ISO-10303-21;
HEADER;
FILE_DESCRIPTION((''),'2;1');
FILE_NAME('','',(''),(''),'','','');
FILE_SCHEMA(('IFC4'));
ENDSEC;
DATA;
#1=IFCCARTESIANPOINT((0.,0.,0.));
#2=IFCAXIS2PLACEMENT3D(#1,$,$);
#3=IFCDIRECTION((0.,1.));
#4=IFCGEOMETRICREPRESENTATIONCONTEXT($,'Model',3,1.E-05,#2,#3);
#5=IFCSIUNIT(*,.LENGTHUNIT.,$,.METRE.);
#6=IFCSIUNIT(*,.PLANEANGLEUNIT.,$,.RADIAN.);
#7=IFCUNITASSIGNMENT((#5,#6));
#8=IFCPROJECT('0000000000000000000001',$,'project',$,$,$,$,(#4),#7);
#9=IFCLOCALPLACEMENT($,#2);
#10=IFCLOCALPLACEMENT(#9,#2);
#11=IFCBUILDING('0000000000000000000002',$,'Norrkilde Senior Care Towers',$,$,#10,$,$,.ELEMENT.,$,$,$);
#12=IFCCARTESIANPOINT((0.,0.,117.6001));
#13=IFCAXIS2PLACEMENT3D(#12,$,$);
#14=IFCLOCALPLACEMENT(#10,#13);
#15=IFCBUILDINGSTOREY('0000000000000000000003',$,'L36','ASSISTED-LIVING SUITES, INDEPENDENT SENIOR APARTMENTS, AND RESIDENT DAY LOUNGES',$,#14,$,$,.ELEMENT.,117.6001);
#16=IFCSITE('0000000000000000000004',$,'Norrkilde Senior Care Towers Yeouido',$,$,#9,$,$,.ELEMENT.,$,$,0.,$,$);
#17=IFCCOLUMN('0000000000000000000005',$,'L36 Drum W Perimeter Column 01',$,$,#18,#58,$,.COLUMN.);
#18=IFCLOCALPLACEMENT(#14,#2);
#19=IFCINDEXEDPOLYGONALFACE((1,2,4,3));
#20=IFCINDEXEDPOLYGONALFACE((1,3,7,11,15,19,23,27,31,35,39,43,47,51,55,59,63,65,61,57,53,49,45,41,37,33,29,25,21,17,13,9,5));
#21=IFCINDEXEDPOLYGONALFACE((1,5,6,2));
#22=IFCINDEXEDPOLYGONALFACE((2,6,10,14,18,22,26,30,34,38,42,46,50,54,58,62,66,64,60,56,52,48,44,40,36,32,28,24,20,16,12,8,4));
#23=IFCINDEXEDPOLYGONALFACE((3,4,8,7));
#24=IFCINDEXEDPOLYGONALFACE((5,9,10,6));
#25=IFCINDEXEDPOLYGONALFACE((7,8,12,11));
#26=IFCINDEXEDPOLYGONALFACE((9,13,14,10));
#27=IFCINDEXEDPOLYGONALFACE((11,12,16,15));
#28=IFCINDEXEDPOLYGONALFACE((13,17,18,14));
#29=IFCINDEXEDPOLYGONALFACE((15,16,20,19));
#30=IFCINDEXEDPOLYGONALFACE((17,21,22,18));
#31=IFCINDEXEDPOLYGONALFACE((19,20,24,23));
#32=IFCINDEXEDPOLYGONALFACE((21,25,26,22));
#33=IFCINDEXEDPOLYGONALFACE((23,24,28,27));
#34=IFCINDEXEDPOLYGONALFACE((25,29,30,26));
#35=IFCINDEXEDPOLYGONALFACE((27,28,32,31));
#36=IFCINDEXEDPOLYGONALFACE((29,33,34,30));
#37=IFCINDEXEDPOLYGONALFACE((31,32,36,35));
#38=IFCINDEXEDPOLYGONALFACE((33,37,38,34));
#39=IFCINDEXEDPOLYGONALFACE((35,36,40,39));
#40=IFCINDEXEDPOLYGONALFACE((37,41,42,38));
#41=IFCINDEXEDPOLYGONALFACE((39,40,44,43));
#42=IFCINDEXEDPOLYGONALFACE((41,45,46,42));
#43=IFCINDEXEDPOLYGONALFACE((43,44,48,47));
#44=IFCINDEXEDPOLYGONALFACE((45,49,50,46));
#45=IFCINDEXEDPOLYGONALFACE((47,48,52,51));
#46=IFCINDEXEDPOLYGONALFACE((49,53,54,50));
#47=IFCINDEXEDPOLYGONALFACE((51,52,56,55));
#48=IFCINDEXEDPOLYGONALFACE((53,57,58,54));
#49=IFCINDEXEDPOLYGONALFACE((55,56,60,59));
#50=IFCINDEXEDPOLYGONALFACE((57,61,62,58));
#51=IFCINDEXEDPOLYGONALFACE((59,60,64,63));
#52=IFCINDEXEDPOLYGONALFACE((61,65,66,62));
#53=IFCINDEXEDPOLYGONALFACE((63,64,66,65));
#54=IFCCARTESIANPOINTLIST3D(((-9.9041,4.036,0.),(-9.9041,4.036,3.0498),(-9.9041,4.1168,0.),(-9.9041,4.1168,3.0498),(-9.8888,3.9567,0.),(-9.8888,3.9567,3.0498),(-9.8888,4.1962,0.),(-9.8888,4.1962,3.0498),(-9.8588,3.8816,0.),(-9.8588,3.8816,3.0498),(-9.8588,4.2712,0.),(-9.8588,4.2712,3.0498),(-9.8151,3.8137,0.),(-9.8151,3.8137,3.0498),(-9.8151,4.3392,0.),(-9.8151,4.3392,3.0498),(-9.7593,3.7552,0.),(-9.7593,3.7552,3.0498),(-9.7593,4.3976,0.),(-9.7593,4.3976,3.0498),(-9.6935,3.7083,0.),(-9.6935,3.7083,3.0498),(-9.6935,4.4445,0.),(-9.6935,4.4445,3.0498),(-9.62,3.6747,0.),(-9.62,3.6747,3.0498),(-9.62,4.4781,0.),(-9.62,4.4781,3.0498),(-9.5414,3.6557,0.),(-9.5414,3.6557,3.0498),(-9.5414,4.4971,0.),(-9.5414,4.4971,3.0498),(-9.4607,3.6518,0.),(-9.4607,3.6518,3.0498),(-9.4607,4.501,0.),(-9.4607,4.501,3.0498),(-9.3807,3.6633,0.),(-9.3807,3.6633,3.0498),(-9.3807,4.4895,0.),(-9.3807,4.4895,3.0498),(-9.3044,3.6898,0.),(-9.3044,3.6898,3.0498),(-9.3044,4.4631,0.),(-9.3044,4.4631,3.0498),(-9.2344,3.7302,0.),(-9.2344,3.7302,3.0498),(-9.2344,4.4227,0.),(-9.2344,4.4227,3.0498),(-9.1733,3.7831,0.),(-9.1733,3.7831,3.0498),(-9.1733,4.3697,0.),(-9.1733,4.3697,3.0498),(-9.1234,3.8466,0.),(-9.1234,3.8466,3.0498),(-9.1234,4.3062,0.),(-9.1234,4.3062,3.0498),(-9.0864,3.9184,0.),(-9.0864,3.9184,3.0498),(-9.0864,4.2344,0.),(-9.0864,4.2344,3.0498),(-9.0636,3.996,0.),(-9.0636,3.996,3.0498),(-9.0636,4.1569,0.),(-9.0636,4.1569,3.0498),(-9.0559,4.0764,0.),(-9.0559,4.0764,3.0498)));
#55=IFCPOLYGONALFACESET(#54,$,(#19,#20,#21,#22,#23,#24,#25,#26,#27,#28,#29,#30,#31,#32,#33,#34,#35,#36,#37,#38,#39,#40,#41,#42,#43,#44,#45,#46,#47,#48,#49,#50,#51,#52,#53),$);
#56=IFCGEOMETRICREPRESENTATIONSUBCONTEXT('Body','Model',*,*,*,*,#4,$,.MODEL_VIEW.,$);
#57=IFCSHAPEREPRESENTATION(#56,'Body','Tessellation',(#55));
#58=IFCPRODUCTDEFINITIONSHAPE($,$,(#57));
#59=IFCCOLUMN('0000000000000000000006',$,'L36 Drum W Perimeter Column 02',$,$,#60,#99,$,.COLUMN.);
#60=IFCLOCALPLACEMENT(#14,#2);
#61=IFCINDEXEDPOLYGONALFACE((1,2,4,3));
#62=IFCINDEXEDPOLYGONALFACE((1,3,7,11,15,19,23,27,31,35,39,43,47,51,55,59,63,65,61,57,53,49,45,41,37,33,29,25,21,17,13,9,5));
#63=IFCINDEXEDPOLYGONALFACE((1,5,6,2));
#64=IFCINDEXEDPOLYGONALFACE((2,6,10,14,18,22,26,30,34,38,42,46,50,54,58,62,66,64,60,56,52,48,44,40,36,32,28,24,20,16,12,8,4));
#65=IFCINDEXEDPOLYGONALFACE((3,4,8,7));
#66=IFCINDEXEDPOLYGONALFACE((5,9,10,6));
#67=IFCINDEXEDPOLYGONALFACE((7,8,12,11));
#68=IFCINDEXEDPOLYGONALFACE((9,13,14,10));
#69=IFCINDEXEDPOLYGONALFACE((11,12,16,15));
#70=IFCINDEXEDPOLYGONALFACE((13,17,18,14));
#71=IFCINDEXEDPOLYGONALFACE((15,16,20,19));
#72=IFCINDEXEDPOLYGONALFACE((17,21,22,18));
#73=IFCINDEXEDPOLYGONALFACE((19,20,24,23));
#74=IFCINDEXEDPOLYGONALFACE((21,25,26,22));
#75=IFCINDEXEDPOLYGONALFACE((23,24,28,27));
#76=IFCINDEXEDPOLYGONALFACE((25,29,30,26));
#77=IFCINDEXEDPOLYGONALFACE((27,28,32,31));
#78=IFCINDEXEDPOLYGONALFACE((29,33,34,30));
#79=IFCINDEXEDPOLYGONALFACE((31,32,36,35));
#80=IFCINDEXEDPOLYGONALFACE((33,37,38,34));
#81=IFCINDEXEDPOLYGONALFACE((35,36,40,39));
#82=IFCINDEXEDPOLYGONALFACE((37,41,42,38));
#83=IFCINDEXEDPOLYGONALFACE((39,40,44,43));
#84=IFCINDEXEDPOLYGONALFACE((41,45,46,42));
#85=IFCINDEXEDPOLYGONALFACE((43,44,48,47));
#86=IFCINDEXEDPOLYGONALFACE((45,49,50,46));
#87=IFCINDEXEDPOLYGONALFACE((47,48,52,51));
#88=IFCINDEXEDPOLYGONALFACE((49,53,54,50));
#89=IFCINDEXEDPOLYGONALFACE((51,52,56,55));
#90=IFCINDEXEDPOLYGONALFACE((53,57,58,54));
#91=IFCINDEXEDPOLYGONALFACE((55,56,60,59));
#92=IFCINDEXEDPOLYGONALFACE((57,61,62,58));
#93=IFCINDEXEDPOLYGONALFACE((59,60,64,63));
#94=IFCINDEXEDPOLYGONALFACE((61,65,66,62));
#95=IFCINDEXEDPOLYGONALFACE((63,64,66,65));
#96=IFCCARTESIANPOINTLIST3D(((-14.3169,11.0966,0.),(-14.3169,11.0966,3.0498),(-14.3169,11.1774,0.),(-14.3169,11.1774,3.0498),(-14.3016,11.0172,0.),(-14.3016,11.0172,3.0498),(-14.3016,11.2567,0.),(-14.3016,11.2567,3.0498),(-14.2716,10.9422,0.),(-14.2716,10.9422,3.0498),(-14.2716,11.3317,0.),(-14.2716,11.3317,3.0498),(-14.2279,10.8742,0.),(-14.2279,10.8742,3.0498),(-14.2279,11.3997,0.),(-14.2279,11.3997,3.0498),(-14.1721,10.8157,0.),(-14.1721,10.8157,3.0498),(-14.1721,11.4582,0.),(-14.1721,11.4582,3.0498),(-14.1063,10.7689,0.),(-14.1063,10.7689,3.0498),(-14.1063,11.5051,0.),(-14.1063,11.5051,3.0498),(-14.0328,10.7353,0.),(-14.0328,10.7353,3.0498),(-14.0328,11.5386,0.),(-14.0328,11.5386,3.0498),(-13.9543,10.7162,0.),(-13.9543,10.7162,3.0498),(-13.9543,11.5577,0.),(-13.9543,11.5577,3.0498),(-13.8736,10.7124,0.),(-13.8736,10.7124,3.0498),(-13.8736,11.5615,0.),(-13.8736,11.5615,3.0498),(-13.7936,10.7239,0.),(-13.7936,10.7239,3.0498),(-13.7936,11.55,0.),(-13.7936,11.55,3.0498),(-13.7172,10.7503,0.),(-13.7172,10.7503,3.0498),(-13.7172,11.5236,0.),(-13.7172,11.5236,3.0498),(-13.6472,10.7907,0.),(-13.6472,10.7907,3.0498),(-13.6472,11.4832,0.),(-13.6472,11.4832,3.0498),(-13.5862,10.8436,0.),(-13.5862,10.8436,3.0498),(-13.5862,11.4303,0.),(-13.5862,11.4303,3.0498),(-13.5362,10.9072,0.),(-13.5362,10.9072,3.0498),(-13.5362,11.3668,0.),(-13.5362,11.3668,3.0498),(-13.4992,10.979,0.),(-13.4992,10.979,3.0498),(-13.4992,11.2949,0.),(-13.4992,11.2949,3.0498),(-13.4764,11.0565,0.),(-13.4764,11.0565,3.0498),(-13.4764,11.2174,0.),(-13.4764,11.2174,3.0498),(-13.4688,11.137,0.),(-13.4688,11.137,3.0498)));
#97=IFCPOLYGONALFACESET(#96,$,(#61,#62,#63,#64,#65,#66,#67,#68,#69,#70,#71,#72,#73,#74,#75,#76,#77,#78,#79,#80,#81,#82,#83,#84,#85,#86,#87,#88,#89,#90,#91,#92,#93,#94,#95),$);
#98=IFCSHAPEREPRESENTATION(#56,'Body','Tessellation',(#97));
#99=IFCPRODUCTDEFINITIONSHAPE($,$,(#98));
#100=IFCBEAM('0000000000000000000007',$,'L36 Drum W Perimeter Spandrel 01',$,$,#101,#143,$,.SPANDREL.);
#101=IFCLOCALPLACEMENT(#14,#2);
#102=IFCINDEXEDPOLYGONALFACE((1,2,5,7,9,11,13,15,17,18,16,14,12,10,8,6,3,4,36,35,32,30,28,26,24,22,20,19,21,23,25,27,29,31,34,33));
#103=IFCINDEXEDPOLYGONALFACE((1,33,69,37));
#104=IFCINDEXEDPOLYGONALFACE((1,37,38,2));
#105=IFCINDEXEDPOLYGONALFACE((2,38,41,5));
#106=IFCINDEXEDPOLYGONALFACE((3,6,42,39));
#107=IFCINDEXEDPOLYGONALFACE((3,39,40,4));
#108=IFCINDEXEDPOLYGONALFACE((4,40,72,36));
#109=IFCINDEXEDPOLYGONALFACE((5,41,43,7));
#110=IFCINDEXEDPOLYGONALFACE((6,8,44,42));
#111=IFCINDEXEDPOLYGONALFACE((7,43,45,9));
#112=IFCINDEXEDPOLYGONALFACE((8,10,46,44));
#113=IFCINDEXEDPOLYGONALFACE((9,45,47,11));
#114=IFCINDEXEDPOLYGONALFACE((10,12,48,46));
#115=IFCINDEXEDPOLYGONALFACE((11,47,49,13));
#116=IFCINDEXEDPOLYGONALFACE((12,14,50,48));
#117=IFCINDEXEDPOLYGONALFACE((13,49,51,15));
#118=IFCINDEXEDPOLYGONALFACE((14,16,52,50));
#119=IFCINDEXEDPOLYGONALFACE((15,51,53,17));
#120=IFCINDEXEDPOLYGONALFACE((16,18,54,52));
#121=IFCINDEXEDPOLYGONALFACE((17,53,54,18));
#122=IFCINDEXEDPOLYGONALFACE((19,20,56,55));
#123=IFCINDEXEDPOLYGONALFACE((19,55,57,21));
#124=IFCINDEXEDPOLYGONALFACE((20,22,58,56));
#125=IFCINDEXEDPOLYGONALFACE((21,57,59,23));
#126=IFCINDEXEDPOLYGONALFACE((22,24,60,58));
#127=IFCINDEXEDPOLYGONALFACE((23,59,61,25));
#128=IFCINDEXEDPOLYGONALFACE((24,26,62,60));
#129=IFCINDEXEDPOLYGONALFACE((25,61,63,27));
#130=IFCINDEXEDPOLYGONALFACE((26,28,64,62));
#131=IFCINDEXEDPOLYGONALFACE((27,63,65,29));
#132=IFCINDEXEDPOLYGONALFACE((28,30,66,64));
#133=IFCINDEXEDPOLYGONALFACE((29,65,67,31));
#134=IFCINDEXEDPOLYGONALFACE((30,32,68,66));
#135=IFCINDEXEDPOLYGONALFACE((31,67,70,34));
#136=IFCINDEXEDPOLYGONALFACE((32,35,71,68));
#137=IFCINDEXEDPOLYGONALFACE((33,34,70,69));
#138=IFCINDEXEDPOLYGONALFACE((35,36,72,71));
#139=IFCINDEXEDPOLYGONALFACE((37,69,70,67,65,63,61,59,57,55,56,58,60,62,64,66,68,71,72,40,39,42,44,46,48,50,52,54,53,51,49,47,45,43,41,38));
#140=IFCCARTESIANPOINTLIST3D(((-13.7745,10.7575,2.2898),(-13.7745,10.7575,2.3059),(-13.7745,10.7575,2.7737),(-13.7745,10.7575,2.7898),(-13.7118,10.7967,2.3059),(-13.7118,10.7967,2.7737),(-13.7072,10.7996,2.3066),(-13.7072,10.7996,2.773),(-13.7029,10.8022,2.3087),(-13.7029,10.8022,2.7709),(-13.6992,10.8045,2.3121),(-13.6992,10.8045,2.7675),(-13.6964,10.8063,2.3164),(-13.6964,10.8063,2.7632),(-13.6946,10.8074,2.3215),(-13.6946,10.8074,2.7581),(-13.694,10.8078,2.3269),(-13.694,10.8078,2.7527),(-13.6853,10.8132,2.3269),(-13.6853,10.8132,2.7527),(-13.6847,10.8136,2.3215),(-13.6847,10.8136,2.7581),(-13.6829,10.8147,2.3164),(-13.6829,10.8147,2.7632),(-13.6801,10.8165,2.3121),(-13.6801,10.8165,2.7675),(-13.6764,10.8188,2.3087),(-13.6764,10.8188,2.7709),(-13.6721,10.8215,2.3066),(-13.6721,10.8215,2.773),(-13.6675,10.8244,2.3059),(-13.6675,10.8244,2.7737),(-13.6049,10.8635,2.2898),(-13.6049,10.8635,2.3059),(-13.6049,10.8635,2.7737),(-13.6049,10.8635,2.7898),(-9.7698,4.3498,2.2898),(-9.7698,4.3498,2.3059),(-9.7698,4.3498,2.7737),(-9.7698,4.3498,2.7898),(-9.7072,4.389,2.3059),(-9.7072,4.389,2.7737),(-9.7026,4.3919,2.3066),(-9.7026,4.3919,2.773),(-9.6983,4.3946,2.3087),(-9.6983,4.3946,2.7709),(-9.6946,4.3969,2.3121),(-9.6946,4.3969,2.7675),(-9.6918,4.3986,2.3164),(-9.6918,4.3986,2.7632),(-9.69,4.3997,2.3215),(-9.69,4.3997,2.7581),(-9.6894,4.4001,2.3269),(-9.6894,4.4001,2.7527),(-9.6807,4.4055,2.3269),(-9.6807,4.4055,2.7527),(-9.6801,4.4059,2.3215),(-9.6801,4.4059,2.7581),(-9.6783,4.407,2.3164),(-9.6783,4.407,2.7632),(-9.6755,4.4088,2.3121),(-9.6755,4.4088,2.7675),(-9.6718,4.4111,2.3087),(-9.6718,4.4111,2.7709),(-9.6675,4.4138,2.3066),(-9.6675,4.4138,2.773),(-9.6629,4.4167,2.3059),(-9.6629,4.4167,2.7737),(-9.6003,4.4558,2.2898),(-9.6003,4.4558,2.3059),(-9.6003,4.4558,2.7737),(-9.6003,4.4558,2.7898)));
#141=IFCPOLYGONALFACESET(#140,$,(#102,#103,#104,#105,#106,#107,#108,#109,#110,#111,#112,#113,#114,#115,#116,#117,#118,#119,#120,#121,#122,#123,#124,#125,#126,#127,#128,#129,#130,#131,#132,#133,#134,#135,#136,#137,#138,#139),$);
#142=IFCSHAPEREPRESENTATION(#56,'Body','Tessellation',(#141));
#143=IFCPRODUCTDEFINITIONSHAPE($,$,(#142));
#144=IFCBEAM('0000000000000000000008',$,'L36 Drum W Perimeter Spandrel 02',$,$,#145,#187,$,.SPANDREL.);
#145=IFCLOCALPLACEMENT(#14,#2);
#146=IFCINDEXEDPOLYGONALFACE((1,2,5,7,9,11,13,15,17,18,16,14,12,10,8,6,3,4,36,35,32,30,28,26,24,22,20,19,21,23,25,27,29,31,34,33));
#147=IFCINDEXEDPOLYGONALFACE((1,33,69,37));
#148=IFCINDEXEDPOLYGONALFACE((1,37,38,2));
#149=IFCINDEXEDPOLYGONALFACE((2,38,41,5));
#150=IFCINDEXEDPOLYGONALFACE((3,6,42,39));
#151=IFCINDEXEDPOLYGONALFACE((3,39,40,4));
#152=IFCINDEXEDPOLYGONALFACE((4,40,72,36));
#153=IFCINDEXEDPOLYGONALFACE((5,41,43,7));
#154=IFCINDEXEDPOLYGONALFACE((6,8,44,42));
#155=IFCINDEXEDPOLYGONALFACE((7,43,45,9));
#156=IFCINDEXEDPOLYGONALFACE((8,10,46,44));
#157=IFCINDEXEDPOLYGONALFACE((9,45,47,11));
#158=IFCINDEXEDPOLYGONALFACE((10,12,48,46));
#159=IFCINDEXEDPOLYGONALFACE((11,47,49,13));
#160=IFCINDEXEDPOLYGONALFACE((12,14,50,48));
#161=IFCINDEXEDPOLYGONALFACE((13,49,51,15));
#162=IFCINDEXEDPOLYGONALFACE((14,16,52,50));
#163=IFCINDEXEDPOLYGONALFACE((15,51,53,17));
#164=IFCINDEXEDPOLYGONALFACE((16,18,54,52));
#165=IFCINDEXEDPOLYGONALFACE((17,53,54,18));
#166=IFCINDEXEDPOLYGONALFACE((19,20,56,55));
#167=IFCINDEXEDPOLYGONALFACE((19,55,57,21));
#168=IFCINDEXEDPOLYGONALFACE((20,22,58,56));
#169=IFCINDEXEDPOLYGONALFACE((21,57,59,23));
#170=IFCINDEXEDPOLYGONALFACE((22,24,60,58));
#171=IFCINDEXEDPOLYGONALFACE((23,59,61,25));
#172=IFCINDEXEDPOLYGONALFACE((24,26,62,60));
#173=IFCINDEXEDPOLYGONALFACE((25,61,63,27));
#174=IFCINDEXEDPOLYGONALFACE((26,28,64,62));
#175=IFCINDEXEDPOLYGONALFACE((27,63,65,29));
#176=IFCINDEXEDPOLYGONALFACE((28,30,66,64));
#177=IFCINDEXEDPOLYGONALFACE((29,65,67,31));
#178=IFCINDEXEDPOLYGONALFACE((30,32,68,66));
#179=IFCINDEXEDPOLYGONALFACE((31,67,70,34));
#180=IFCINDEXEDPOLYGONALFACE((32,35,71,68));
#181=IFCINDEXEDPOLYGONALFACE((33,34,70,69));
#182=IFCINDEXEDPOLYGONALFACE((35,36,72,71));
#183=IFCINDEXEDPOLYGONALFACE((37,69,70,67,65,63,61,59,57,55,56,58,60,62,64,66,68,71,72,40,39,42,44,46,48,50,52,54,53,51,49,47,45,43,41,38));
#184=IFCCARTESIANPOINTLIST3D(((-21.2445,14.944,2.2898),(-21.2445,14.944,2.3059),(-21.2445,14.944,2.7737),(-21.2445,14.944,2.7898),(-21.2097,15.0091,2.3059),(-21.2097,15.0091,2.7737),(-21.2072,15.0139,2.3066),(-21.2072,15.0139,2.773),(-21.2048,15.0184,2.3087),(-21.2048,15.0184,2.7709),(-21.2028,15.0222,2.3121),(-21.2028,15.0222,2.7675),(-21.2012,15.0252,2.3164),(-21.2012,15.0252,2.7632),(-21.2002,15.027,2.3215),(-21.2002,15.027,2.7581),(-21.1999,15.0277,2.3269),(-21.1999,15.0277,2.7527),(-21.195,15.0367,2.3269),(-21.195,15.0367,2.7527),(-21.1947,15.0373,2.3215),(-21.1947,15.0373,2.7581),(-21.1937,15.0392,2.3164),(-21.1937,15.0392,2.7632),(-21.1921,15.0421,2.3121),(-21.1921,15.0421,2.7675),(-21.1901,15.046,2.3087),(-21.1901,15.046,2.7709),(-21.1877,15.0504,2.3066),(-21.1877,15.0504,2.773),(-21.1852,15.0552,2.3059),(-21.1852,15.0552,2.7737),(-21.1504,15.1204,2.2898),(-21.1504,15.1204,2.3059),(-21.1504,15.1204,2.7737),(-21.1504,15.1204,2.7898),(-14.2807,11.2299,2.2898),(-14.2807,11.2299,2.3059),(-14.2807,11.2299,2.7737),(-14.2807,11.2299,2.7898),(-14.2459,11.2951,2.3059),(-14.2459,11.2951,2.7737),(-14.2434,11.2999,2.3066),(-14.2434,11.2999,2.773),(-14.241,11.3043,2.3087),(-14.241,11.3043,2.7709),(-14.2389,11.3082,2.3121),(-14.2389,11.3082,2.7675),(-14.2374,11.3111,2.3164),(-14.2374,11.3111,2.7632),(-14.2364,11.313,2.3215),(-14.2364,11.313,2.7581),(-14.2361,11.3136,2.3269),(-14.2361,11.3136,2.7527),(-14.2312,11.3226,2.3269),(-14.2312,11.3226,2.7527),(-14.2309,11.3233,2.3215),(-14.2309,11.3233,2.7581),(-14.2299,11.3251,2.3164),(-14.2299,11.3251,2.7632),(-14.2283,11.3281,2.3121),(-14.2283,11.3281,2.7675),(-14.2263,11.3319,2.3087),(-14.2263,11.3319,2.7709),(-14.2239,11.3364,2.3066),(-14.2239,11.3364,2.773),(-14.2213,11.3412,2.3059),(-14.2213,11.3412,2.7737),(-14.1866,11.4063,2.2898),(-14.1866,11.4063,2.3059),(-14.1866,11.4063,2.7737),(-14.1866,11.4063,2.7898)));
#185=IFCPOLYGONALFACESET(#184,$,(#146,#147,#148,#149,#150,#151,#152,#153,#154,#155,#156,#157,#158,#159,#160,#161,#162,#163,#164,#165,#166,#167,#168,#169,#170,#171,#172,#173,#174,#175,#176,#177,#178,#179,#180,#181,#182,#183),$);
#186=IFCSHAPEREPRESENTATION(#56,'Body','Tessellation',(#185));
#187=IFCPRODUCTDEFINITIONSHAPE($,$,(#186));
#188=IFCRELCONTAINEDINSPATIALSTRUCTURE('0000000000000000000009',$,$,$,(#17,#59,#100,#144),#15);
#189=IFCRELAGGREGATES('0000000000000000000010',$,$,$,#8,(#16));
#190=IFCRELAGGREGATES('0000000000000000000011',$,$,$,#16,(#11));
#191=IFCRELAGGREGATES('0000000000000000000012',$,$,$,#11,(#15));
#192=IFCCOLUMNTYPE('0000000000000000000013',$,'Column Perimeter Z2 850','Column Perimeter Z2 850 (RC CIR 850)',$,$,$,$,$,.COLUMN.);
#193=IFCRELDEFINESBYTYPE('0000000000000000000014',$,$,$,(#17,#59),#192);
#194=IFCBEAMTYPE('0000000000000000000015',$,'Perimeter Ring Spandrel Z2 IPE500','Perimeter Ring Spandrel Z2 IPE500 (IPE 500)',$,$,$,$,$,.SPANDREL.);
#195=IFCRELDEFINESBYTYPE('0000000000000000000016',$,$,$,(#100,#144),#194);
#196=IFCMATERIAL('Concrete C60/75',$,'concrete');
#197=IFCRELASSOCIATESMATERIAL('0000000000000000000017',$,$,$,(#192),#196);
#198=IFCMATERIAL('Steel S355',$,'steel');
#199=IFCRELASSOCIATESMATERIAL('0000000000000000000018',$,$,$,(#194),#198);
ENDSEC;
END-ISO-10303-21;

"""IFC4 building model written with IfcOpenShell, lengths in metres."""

from ifc_helpers import new_model, si_unit, direction, frame, origin, origin_2d, place, context, subcontext, project, spatial, circle, i_section, extrude, source, transform, mapped, material, material_profile, profile_set, type_object, type_shapes, element, save


model = new_model("IFC4")

# Units and contexts
model_context = context("Model", 3, precision=1e-05, world=origin(), true_north=direction((0.0, 1.0)))
body_context = subcontext(model_context, "Body", "Model", "MODEL_VIEW")
ifc_project = project(units=[si_unit("LENGTHUNIT", "METRE"), si_unit("PLANEANGLEUNIT", "RADIAN")], contexts=[model_context])

# Site, building, storey
site_placement = place(None, origin())
site = spatial("IfcSite", under=ifc_project, at=site_placement, Name="Norrkilde Senior Care Towers Yeouido", CompositionType="ELEMENT", RefElevation=0.0)
building_placement = place(site_placement, origin())
building = spatial("IfcBuilding", under=site, at=building_placement, Name="Norrkilde Senior Care Towers", CompositionType="ELEMENT")
storey_placement = place(building_placement, frame((0.0, 0.0, 117.6001)))
storey = spatial("IfcBuildingStorey", under=building, at=storey_placement, Name="L36", Description="ASSISTED-LIVING SUITES, INDEPENDENT SENIOR APARTMENTS, AND RESIDENT DAY LOUNGES", CompositionType="ELEMENT", Elevation=117.6001)

# Columns
ifc_material_1 = material(Name="Concrete C60/75", Category="concrete")
ifc_material_profile_1 = material_profile(ifc_material_1, circle(Radius=0.425, at=origin_2d()), Name="RC CIR 850")
ifc_profile_set_1 = profile_set([ifc_material_profile_1], Name="Concrete C60/75")
column_type = type_object("IfcColumnType", Name="Column Perimeter Z2 850", Description="Column Perimeter Z2 850 (RC CIR 850)", PredefinedType="COLUMN", material=ifc_profile_set_1)
shared_shape_1 = source(origin(), body_context, "Body", "SweptSolid", [
    extrude(circle(Radius=0.425, at=origin_2d()), origin(), (0.0, 0.0, 1.0), 3.0498),
])
type_shapes(column_type, [shared_shape_1])
for number, where, z_axis, x_axis, name in (
    (1, (-9.481, 4.0764, 0.0), (0.0, 0.0, 1.0), (1.0, 0.0, 0.0), "L36 Drum W Perimeter Column 01"),
    (2, (-13.8938, 11.137, 0.0), (0.0, 0.0, 1.0), (1.0, 0.0, 0.0), "L36 Drum W Perimeter Column 02"),
):
    element("IfcColumn", number, at=place(storey_placement, frame(where, z_axis=z_axis, x_axis=x_axis)), inside=storey, type_object=column_type, Name=name, PredefinedType="COLUMN", context=body_context, shape_type="MappedRepresentation", body=[
        mapped(shared_shape_1, transform((0.0, 0.0, 0.0), x_axis=(1.0, 0.0, 0.0), y_axis=(0.0, 1.0, 0.0), z_axis=(0.0, 0.0, 1.0), scale=1.0)),
    ])

# Beams
ifc_material_2 = material(Name="Steel S355", Category="steel")
ifc_material_profile_2 = material_profile(ifc_material_2, i_section(OverallWidth=0.2, OverallDepth=0.5, WebThickness=0.0103, FlangeThickness=0.0161, FilletRadius=0.021, at=origin_2d()), Name="IPE 500")
ifc_profile_set_2 = profile_set([ifc_material_profile_2], Name="Steel S355")
beam_type_1 = type_object("IfcBeamType", Name="Perimeter Ring Spandrel Z2 IPE500", Description="Perimeter Ring Spandrel Z2 IPE500 (IPE 500)", PredefinedType="SPANDREL", material=ifc_profile_set_2)
shared_shape_2 = source(origin(), body_context, "Body", "SweptSolid", [
    extrude(i_section(OverallWidth=0.2, OverallDepth=0.5, WebThickness=0.0103, FlangeThickness=0.0161, FilletRadius=0.021, at=origin_2d()), origin(), (0.0, 0.0, 1.0), 7.5562),
])
beam_1_placement = place(storey_placement, frame((-9.6851, 4.4028, 2.5398), z_axis=(-0.529982, 0.848009, 0.0), x_axis=(-0.848009, -0.529982, 0.0)))
element("IfcBeam", 3, at=beam_1_placement, inside=storey, type_object=beam_type_1, Name="L36 Drum W Perimeter Spandrel 01", PredefinedType="SPANDREL", context=body_context, shape_type="MappedRepresentation", body=[
    mapped(shared_shape_2, transform((0.0, 0.0, 0.0), x_axis=(1.0, 0.0, 0.0), y_axis=(0.0, 1.0, 0.0), z_axis=(0.0, 0.0, 1.0), scale=1.0)),
])
shared_shape_3 = source(origin(), body_context, "Body", "SweptSolid", [
    extrude(i_section(OverallWidth=0.2, OverallDepth=0.5, WebThickness=0.0103, FlangeThickness=0.0161, FilletRadius=0.021, at=origin_2d()), origin(), (0.0, 0.0, 1.0), 7.8923),
])
type_shapes(beam_type_1, [shared_shape_2, shared_shape_3])
beam_2_placement = place(storey_placement, frame((-14.2336, 11.3181, 2.5398), z_axis=(-0.88235, 0.470593, 0.0), x_axis=(-0.470593, -0.88235, 0.0)))
element("IfcBeam", 4, at=beam_2_placement, inside=storey, type_object=beam_type_1, Name="L36 Drum W Perimeter Spandrel 02", PredefinedType="SPANDREL", context=body_context, shape_type="MappedRepresentation", body=[
    mapped(shared_shape_3, transform((0.0, 0.0, 0.0), x_axis=(1.0, 0.0, 0.0), y_axis=(0.0, 1.0, 0.0), z_axis=(0.0, 0.0, 1.0), scale=1.0)),
])

save(model, "model.ifc")
